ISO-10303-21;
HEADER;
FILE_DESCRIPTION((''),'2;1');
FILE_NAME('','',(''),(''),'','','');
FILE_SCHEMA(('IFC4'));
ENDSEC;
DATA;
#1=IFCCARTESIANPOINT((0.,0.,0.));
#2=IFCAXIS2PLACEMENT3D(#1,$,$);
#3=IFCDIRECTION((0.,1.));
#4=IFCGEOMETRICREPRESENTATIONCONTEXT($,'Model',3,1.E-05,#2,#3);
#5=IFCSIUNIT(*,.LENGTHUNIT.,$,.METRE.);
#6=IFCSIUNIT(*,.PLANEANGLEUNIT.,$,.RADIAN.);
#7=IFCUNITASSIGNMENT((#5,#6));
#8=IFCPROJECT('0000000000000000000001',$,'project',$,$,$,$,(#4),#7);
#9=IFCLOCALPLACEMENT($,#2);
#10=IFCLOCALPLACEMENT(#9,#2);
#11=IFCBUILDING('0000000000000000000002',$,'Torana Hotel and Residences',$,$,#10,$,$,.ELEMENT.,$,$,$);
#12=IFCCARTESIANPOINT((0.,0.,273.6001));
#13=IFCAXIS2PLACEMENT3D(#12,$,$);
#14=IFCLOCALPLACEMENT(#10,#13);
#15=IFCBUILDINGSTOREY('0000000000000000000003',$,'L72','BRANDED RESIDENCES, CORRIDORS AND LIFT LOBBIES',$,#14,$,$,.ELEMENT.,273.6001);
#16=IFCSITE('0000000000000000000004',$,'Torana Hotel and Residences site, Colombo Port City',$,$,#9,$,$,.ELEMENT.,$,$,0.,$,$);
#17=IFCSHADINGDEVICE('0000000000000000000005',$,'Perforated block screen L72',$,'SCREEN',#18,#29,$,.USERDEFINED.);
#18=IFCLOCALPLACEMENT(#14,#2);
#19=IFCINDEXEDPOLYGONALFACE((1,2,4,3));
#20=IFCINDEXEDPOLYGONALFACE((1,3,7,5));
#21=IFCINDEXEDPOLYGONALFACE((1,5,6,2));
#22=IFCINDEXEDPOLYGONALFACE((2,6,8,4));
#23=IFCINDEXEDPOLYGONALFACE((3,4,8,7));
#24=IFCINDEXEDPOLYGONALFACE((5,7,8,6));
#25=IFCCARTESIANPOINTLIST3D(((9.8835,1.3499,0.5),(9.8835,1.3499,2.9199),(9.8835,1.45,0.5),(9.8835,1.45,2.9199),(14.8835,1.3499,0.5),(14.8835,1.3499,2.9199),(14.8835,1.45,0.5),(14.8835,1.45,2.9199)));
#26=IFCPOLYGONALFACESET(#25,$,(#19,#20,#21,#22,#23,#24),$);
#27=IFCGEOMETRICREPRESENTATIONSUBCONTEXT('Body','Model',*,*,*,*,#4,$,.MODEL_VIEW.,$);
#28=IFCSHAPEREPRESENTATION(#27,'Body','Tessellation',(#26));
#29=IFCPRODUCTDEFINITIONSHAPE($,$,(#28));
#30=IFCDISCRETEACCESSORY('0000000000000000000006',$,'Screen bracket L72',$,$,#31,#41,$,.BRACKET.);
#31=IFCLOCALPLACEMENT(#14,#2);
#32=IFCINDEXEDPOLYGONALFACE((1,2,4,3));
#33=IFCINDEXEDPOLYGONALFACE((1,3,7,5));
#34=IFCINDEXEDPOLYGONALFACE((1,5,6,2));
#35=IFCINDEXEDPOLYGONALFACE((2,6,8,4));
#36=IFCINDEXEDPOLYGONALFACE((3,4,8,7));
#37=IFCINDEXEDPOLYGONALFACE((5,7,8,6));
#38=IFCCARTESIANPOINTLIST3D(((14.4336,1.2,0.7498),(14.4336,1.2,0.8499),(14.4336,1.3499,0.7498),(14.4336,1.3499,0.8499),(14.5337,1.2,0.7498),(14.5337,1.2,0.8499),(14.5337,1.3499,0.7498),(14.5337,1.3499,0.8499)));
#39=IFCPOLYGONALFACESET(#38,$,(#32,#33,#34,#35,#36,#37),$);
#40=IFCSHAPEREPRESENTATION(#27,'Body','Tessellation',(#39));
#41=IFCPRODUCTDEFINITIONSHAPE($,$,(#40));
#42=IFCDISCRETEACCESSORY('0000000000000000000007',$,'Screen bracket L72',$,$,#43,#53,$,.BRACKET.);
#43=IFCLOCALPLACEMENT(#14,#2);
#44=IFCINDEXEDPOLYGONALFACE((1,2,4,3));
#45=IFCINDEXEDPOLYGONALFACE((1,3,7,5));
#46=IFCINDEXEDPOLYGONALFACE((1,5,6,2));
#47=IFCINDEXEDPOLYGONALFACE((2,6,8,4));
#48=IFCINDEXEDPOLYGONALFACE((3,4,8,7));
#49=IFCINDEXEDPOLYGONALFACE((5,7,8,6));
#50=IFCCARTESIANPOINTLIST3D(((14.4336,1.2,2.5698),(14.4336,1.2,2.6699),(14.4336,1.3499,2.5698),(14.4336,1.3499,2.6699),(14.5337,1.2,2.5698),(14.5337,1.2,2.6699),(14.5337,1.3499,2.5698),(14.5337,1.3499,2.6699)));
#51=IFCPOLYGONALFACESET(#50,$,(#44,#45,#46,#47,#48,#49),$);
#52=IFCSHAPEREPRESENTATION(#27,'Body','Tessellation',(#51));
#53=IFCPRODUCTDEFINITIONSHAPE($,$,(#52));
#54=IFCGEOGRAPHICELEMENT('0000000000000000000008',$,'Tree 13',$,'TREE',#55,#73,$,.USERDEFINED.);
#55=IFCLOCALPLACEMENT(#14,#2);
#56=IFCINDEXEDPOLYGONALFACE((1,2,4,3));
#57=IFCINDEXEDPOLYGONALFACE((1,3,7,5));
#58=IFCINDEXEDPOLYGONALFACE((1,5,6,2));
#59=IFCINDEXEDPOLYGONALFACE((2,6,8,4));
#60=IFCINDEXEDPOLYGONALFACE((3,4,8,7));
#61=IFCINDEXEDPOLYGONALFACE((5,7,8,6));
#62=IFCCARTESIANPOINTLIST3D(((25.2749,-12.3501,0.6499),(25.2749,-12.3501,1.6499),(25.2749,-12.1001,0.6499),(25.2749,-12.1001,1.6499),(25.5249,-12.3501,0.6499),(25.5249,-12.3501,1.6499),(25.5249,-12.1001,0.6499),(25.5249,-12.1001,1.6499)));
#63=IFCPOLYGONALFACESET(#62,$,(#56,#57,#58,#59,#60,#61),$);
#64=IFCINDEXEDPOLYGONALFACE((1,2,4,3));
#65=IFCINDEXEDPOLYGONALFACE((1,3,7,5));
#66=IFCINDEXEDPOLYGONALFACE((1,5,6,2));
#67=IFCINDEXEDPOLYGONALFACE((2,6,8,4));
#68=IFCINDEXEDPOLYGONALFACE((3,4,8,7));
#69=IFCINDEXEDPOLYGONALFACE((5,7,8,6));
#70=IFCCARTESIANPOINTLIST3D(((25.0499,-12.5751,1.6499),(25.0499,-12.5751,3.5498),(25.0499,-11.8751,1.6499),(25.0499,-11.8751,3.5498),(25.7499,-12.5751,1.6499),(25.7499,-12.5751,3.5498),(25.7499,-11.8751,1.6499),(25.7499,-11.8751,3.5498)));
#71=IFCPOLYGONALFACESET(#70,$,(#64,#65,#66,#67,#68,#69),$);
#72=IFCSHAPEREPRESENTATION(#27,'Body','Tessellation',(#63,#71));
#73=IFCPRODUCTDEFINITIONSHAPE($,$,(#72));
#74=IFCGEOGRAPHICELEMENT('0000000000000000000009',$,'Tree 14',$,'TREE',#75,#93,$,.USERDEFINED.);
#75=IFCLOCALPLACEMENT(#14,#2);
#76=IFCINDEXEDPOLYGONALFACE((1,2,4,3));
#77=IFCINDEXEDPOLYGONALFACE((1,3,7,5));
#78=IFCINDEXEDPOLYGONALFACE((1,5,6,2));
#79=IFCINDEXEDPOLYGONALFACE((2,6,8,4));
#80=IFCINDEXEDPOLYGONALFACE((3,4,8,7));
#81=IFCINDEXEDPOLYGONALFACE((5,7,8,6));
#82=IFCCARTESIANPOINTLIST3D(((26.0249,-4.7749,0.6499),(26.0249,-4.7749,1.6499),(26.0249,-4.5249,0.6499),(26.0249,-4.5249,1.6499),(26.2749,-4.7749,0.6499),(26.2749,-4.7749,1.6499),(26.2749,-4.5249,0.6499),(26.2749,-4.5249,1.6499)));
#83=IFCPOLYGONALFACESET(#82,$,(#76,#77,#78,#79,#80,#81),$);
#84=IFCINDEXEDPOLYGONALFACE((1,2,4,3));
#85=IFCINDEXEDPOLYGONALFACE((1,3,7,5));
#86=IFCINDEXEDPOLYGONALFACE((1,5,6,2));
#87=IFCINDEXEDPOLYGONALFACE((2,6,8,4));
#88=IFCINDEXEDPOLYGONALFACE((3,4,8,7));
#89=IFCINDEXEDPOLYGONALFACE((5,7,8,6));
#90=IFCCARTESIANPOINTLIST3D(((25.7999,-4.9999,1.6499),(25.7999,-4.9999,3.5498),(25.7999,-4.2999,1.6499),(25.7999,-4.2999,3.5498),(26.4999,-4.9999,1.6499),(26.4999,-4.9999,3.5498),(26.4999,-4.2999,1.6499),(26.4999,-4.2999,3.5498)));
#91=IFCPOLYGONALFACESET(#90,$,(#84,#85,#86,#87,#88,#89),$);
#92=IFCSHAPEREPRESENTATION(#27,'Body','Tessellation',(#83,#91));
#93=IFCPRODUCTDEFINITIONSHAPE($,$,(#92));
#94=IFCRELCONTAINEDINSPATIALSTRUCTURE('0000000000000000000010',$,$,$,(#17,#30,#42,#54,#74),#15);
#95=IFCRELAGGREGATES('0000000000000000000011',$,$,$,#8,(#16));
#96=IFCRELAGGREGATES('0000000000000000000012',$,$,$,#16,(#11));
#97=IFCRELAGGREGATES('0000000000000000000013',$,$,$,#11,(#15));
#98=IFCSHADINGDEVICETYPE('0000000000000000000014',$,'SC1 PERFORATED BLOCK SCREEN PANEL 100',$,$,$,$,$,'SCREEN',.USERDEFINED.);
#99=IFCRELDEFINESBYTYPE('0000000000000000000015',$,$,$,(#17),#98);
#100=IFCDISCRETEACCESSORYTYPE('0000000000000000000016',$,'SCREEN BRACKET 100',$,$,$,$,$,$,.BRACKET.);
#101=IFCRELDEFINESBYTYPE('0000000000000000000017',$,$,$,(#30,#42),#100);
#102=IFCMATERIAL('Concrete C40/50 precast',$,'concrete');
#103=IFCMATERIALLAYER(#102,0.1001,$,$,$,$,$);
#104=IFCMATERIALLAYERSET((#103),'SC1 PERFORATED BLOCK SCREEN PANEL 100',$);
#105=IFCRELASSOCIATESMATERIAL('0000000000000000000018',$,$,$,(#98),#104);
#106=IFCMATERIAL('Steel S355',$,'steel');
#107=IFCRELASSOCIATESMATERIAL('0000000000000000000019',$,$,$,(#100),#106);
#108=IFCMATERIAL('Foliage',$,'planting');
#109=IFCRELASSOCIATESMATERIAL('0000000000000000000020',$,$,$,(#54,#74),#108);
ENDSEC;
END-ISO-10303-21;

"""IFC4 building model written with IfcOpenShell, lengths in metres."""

from ifc_helpers import new_model, si_unit, direction, frame, origin, origin_2d, place, context, subcontext, project, spatial, rectangle, extrude, material, layer, layer_set, type_object, element, save


model = new_model("IFC4")

# Units and contexts
model_context = context("Model", 3, precision=1e-05, world=origin(), true_north=direction((0.0, 1.0)))
body_context = subcontext(model_context, "Body", "Model", "MODEL_VIEW")
ifc_project = project(units=[si_unit("LENGTHUNIT", "METRE"), si_unit("PLANEANGLEUNIT", "RADIAN")], contexts=[model_context])

# Site, building, storey
site_placement = place(None, origin())
site = spatial("IfcSite", under=ifc_project, at=site_placement, Name="Torana Hotel and Residences site, Colombo Port City", CompositionType="ELEMENT", RefElevation=0.0)
building_placement = place(site_placement, origin())
building = spatial("IfcBuilding", under=site, at=building_placement, Name="Torana Hotel and Residences", CompositionType="ELEMENT")
storey_placement = place(building_placement, frame((0.0, 0.0, 273.6001)))
storey = spatial("IfcBuildingStorey", under=building, at=storey_placement, Name="L72", Description="BRANDED RESIDENCES, CORRIDORS AND LIFT LOBBIES", CompositionType="ELEMENT", Elevation=273.6001)

# Shading device
ifc_material_1 = material(Name="Concrete C40/50 precast", Category="concrete")
ifc_layer_1 = layer(ifc_material_1, 0.1001)
ifc_layer_set_1 = layer_set([ifc_layer_1], Name="SC1 PERFORATED BLOCK SCREEN PANEL 100")
shading_device_type_1 = type_object("IfcShadingDeviceType", Name="SC1 PERFORATED BLOCK SCREEN PANEL 100", ElementType="SCREEN", PredefinedType="USERDEFINED", material=ifc_layer_set_1)
shading_device_1_placement = place(storey_placement, frame((12.3835, 1.3999, 0.5), z_axis=(0.0, 0.0, 1.0), x_axis=(-1.0, 0.0, 0.0)))
element("IfcShadingDevice", 1, at=shading_device_1_placement, inside=storey, type_object=shading_device_type_1, Name="Perforated block screen L72", ObjectType="SCREEN", PredefinedType="USERDEFINED", context=body_context, shape_type="SweptSolid", body=[
    extrude(rectangle(XDim=5.0, YDim=0.1001, at=origin_2d()), origin(), (0.0, 0.0, 1.0), 2.4199),
])

# Discrete accessories
ifc_material_2 = material(Name="Steel S355", Category="steel")
discrete_accessory_type = type_object("IfcDiscreteAccessoryType", Name="SCREEN BRACKET 100", PredefinedType="BRACKET", material=ifc_material_2)
for number, where, z_axis, x_axis, name in (
    (2, (14.4836, 1.2749, 0.7498), (0.0, 0.0, 1.0), (-1.0, 0.0, 0.0), "Screen bracket L72"),
    (3, (14.4836, 1.2749, 2.5698), (0.0, 0.0, 1.0), (-1.0, 0.0, 0.0), "Screen bracket L72"),
):
    element("IfcDiscreteAccessory", number, at=place(storey_placement, frame(where, z_axis=z_axis, x_axis=x_axis)), inside=storey, type_object=discrete_accessory_type, Name=name, PredefinedType="BRACKET", context=body_context, shape_type="SweptSolid", body=[
        extrude(rectangle(XDim=0.1001, YDim=0.1499, at=origin_2d()), origin(), (0.0, 0.0, 1.0), 0.1001),
    ])

# Geographic elements
ifc_material_3 = material(Name="Foliage", Category="planting")
for number, where, z_axis, x_axis, name in (
    (4, (25.3999, -12.2251, 0.6499), (0.0, 0.0, 1.0), (1.0, 0.0, 0.0), "Tree 13"),
    (5, (26.1499, -4.6499, 0.6499), (0.0, 0.0, 1.0), (1.0, 0.0, 0.0), "Tree 14"),
):
    element("IfcGeographicElement", number, at=place(storey_placement, frame(where, z_axis=z_axis, x_axis=x_axis)), inside=storey, material=ifc_material_3, Name=name, ObjectType="TREE", PredefinedType="USERDEFINED", context=body_context, shape_type="SweptSolid", body=[
        extrude(rectangle(XDim=0.25, YDim=0.25, at=origin_2d()), origin(), (0.0, 0.0, 1.0), 1.0),
        extrude(rectangle(XDim=0.7, YDim=0.7, at=origin_2d()), frame((0.0, 0.0, 1.0)), (0.0, 0.0, 1.0), 1.8999),
    ])

save(model, "model.ifc")
